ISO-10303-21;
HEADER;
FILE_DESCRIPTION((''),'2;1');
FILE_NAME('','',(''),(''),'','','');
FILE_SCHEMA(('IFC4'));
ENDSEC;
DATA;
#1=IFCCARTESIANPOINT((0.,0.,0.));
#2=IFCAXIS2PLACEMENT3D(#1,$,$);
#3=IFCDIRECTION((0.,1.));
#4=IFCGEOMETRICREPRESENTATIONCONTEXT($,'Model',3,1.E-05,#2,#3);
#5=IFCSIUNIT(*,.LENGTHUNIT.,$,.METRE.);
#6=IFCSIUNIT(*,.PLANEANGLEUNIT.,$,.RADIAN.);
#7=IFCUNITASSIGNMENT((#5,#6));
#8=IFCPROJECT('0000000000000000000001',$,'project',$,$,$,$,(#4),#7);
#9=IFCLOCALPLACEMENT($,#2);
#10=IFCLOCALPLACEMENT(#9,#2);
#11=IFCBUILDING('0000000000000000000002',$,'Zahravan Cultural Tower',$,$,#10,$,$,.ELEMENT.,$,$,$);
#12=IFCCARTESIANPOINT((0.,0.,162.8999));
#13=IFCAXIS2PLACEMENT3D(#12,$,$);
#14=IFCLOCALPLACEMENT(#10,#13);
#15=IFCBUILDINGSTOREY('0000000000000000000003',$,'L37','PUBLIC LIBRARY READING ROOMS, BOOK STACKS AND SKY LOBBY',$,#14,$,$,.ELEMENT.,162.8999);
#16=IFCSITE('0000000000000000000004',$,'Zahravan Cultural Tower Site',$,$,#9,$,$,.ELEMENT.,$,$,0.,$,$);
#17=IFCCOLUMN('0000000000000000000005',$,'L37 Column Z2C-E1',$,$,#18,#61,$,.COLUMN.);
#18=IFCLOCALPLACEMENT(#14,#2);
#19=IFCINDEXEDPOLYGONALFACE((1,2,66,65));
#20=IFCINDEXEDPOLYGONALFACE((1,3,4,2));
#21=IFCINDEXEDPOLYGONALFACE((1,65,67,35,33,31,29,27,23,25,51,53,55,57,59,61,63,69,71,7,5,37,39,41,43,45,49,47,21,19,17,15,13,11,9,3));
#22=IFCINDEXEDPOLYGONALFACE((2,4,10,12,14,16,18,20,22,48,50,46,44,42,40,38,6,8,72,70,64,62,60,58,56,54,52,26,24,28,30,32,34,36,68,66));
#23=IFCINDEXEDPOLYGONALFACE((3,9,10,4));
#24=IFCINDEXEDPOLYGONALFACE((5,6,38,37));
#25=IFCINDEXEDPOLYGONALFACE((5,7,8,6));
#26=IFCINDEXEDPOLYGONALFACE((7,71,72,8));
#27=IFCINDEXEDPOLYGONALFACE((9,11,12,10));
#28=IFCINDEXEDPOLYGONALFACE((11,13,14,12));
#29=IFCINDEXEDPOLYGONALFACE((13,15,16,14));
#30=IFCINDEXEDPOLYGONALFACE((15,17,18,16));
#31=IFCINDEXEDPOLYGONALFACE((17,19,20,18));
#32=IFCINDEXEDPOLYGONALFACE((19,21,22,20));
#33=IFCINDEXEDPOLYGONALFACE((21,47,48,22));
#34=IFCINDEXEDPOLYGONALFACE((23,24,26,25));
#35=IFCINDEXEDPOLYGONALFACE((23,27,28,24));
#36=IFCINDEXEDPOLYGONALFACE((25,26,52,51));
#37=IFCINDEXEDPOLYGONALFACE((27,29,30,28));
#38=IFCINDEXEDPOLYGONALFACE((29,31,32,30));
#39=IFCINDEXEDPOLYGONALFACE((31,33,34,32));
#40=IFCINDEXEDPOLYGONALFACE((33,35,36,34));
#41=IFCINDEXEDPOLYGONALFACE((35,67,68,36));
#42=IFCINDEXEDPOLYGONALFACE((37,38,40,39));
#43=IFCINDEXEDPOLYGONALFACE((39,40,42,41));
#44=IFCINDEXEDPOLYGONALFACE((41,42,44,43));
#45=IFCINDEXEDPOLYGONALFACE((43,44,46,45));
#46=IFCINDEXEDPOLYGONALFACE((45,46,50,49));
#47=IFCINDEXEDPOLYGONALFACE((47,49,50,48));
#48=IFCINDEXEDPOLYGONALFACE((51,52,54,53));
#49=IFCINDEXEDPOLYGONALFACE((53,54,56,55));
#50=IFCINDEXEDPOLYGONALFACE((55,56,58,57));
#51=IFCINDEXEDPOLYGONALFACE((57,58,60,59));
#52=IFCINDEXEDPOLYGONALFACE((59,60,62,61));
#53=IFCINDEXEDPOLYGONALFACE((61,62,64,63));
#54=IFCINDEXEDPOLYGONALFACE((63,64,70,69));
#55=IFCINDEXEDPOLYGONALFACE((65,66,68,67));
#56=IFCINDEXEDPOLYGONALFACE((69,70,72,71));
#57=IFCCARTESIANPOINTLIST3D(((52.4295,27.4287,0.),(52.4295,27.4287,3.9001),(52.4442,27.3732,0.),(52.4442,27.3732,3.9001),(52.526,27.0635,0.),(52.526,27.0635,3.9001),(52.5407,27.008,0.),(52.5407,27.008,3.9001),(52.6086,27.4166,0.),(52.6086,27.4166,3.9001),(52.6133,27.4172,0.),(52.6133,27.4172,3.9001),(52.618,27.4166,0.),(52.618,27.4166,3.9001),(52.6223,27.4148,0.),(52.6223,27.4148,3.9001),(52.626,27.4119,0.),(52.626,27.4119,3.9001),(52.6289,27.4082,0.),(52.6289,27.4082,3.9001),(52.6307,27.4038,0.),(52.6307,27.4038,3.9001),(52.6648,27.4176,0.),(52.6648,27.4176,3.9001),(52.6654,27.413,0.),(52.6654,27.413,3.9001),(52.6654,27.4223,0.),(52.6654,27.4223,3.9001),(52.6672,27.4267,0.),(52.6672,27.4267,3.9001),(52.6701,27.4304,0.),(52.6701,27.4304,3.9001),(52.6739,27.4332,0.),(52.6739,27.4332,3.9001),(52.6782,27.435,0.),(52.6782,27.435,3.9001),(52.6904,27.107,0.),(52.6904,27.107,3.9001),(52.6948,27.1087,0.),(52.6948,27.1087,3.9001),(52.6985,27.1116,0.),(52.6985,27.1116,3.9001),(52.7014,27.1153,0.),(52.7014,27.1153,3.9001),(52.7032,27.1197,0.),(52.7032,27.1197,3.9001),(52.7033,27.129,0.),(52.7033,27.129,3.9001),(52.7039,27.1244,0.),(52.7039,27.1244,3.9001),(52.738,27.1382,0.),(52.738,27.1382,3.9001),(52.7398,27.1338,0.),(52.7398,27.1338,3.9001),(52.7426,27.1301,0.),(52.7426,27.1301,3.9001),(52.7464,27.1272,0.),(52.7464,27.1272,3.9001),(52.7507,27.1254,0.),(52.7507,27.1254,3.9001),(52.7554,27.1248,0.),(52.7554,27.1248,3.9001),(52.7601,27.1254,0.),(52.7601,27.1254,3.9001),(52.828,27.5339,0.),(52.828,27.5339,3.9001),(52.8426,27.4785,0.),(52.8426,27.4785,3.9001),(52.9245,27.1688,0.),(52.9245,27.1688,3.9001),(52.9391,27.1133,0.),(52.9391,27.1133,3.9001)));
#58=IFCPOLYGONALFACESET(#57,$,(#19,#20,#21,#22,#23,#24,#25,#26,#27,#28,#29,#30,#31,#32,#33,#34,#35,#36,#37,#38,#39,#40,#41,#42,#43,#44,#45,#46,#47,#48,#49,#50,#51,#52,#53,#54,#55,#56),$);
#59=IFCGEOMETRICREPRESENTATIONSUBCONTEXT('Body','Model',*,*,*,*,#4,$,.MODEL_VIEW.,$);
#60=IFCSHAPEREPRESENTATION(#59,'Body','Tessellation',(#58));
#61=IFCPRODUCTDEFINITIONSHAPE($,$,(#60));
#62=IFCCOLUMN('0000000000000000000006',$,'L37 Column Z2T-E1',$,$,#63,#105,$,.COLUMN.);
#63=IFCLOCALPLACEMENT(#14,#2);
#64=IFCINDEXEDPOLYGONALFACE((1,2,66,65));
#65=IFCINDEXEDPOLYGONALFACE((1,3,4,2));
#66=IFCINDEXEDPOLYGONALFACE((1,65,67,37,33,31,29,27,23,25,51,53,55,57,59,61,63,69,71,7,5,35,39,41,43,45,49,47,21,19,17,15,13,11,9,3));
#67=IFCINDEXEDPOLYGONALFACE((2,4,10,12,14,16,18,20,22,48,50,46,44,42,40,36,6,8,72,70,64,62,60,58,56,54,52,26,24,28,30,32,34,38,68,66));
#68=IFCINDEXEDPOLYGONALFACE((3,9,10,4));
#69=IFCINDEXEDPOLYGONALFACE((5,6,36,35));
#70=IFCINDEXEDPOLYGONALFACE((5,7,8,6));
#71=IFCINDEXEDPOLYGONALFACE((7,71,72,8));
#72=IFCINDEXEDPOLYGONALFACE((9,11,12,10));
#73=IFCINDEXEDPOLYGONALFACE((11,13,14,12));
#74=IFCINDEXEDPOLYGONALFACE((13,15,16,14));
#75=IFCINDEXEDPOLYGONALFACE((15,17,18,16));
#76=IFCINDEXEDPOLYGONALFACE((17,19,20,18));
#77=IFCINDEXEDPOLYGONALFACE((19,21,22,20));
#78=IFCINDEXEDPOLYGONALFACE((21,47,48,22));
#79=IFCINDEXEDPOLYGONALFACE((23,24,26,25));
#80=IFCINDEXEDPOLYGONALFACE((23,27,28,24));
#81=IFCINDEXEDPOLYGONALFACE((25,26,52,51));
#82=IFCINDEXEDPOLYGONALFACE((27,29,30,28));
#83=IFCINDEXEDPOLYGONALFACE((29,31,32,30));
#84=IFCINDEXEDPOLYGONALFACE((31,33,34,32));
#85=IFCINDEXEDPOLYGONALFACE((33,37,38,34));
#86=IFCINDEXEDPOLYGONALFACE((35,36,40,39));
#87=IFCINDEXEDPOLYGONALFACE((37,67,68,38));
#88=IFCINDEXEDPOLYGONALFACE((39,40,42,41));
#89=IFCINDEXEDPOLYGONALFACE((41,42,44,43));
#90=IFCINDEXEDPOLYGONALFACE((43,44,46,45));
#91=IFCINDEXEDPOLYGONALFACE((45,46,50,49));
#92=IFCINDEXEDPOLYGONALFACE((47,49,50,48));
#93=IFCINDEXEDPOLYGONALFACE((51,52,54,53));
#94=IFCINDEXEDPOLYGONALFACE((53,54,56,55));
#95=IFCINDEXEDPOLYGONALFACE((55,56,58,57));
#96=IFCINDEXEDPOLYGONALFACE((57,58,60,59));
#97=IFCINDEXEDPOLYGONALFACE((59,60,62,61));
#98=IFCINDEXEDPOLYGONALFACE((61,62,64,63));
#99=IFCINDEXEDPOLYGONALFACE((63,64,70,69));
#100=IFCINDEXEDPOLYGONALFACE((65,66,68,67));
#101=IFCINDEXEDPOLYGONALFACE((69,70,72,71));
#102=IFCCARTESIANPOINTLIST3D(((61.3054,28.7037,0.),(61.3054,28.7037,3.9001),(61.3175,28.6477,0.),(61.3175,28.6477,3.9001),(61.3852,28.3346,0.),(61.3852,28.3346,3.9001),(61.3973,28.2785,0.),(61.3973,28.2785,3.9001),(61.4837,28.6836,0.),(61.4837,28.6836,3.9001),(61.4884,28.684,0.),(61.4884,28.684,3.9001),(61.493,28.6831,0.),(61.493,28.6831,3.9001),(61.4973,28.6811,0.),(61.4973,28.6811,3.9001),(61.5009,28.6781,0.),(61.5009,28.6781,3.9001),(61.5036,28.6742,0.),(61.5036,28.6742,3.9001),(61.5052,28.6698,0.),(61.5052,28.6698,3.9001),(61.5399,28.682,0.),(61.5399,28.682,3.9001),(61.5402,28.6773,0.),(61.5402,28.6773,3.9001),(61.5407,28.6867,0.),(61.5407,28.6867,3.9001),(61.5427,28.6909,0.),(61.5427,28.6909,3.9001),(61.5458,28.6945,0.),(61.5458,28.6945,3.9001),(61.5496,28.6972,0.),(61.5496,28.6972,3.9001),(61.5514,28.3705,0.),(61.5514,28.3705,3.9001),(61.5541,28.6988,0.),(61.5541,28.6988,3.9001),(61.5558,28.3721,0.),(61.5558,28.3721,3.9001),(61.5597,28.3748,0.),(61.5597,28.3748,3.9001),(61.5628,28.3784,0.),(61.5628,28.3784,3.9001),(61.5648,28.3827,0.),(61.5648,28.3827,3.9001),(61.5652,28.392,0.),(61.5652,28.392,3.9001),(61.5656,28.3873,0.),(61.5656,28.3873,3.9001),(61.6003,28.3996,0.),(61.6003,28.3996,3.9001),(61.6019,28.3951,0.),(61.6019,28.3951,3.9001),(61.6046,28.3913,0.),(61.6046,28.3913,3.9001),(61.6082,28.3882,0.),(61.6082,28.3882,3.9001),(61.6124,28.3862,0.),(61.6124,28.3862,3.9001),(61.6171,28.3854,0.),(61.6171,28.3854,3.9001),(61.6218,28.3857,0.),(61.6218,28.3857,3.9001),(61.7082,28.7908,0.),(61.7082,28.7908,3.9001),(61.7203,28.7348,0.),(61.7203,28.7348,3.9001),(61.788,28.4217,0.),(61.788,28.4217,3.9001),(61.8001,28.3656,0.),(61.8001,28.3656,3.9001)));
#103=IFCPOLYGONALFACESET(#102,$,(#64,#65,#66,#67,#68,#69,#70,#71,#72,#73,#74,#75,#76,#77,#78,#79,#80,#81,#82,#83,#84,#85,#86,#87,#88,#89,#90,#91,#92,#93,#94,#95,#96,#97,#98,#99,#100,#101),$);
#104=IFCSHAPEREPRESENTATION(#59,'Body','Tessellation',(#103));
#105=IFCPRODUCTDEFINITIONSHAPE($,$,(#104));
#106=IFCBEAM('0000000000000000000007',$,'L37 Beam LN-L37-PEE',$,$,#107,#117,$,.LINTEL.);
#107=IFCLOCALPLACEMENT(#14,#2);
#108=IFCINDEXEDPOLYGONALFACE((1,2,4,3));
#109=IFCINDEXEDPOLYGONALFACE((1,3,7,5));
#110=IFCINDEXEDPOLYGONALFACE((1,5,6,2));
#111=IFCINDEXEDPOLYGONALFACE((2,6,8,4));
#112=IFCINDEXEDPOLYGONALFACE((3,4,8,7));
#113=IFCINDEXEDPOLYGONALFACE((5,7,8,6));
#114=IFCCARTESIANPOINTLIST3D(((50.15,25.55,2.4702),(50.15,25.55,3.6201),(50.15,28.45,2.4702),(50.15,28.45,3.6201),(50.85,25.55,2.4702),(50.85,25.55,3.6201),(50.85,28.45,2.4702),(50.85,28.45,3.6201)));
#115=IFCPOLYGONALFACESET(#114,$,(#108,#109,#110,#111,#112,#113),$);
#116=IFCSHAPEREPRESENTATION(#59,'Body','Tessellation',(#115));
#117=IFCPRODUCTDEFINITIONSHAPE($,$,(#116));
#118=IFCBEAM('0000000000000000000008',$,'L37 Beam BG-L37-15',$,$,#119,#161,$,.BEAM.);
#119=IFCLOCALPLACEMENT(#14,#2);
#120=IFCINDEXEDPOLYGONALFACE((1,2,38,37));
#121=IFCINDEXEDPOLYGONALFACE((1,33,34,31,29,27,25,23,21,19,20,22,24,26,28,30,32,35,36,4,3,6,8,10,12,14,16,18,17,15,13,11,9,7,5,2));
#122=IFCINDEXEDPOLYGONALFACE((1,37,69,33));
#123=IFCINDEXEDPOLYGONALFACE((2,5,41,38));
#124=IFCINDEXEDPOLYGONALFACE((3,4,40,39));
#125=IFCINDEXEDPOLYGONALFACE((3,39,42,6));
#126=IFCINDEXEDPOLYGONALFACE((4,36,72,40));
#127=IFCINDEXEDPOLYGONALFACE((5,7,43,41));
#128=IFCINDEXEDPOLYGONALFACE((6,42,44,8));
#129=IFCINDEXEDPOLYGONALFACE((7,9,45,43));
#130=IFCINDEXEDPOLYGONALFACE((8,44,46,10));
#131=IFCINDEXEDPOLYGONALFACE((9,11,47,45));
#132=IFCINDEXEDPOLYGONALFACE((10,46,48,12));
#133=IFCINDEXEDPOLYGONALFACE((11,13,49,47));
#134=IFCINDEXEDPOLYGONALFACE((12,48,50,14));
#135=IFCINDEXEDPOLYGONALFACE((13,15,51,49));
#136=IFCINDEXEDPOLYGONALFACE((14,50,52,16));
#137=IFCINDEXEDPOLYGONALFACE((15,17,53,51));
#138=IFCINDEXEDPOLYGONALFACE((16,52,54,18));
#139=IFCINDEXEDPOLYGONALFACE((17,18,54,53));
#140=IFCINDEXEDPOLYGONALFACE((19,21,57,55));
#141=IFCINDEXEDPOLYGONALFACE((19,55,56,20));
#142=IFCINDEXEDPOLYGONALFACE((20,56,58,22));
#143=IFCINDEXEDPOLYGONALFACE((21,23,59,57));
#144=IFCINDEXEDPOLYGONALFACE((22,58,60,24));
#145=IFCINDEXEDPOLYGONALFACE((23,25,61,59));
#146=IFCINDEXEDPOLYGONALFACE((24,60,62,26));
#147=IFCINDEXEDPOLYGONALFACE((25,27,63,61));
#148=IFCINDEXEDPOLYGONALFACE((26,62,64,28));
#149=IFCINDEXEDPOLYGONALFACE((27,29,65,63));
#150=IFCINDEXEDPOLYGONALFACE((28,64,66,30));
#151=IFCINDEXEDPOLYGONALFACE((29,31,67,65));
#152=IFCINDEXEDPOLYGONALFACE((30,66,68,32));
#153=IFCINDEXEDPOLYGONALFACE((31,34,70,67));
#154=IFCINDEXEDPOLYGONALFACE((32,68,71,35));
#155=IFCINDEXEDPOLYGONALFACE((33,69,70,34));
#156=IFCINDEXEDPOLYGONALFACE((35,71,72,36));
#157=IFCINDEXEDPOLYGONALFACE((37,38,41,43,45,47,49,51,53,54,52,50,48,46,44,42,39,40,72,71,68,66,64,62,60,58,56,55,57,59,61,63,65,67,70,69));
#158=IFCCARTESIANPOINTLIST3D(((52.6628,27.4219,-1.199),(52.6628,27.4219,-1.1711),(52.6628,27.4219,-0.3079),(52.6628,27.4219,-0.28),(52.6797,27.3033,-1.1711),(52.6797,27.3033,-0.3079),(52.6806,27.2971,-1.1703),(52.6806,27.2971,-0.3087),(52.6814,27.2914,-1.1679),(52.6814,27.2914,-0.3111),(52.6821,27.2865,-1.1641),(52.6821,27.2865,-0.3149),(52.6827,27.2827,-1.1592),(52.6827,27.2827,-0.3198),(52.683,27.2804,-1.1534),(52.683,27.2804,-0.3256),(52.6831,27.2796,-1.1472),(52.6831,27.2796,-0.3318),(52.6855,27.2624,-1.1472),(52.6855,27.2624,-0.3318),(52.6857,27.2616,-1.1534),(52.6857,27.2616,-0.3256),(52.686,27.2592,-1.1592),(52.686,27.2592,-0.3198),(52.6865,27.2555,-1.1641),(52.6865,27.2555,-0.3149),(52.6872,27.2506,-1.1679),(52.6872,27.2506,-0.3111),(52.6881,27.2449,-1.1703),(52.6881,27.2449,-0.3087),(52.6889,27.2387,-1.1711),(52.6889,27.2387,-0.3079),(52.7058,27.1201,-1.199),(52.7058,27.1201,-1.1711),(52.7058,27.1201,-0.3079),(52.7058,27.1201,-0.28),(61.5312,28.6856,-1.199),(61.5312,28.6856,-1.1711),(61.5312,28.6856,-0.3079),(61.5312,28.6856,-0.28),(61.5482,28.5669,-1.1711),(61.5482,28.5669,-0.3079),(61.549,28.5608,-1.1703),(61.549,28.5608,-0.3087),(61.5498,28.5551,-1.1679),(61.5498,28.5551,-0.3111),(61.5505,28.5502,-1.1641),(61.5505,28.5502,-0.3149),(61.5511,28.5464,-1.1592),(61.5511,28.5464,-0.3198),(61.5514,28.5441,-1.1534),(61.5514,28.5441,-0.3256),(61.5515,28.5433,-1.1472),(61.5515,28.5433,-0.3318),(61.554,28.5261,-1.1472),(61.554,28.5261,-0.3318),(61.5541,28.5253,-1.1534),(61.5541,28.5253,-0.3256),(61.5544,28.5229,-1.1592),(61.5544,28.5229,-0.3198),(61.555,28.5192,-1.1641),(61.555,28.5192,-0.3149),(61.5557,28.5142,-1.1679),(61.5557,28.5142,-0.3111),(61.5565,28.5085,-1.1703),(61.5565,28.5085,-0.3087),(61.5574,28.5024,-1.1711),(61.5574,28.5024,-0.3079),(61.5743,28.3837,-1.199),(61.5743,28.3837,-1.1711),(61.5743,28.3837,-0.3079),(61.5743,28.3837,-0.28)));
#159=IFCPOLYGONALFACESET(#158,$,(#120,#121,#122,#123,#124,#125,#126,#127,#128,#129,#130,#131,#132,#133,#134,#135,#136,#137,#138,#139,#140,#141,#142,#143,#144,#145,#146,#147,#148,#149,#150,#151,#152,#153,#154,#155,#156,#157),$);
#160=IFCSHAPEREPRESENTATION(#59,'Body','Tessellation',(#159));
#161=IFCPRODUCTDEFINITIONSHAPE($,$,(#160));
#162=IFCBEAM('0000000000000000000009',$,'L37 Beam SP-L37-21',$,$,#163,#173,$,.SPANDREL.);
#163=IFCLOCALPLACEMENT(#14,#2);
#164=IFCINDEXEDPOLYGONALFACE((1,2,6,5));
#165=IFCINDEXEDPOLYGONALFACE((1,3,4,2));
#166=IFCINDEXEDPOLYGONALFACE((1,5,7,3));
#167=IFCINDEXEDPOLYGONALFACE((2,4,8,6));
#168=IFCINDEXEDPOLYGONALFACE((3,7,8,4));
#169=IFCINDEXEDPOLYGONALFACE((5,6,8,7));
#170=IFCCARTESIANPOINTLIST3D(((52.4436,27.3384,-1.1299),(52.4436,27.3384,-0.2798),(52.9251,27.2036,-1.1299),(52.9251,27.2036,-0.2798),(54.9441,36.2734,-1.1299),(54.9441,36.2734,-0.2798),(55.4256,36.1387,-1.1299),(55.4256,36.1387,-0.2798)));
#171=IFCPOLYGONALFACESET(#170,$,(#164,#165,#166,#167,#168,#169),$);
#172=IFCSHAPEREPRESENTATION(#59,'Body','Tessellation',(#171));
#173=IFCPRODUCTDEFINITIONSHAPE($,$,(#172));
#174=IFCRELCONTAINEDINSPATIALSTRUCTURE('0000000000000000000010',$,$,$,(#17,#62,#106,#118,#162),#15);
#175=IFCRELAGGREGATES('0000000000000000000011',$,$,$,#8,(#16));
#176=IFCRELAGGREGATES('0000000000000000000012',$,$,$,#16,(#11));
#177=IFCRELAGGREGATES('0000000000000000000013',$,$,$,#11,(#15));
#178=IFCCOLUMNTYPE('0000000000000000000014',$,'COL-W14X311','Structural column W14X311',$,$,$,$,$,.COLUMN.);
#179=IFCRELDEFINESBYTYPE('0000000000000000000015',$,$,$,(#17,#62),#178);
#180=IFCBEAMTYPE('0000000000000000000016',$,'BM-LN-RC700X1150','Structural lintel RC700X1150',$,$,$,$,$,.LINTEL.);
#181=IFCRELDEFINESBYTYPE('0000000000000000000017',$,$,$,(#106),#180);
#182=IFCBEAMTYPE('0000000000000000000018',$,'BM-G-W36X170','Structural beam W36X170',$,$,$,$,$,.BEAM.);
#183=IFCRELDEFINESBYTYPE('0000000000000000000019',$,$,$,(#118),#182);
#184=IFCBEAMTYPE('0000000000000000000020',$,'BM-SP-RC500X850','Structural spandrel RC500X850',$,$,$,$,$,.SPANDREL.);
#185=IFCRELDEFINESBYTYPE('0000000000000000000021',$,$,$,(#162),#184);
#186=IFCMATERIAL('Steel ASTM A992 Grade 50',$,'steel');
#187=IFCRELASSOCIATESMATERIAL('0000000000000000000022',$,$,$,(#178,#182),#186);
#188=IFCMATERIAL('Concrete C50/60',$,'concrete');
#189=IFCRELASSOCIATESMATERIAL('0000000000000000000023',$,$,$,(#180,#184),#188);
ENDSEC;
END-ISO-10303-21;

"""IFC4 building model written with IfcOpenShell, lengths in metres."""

from ifc_helpers import new_model, si_unit, direction, frame, origin, origin_2d, place, context, subcontext, project, spatial, rectangle, i_section, extrude, source, transform, mapped, material, material_profile, profile_set, type_object, element, save


model = new_model("IFC4")

# Units and contexts
model_context = context("Model", 3, precision=1e-05, world=origin(), true_north=direction((0.0, 1.0)))
body_context = subcontext(model_context, "Body", "Model", "MODEL_VIEW")
ifc_project = project(units=[si_unit("LENGTHUNIT", "METRE"), si_unit("PLANEANGLEUNIT", "RADIAN")], contexts=[model_context])

# Site, building, storey
site_placement = place(None, origin())
site = spatial("IfcSite", under=ifc_project, at=site_placement, Name="Zahravan Cultural Tower Site", CompositionType="ELEMENT", RefElevation=0.0)
building_placement = place(site_placement, origin())
building = spatial("IfcBuilding", under=site, at=building_placement, Name="Zahravan Cultural Tower", CompositionType="ELEMENT")
storey_placement = place(building_placement, frame((0.0, 0.0, 162.8999)))
storey = spatial("IfcBuildingStorey", under=building, at=storey_placement, Name="L37", Description="PUBLIC LIBRARY READING ROOMS, BOOK STACKS AND SKY LOBBY", CompositionType="ELEMENT", Elevation=162.8999)

# Columns
ifc_material_1 = material(Name="Steel ASTM A992 Grade 50", Category="steel")
ifc_material_profile_1 = material_profile(ifc_material_1, i_section(OverallWidth=0.4121, OverallDepth=0.4351, WebThickness=0.0359, FlangeThickness=0.0574, FilletRadius=0.0181, at=origin_2d()), Name="W14X311")
ifc_profile_set_1 = profile_set([ifc_material_profile_1], Name="Steel ASTM A992 Grade 50")
column_type = type_object("IfcColumnType", Name="COL-W14X311", Description="Structural column W14X311", PredefinedType="COLUMN", material=ifc_profile_set_1)
shared_shape_1 = source(origin(), body_context, "Body", "SweptSolid", [
    extrude(i_section(OverallWidth=0.4121, OverallDepth=0.4351, WebThickness=0.0359, FlangeThickness=0.0574, FilletRadius=0.0181, at=origin_2d()), origin(), (0.0, 0.0, 1.0), 3.9001),
])
for number, where, z_axis, x_axis, name in (
    (1, (52.6843, 27.271, 0.0), (0.0, 0.0, 1.0), (0.966823, 0.255446, 0.0), "L37 Column Z2C-E1"),
    (2, (61.5527, 28.5347, 0.0), (0.0, 0.0, 1.0), (0.977416, 0.211325, 0.0), "L37 Column Z2T-E1"),
):
    element("IfcColumn", number, at=place(storey_placement, frame(where, z_axis=z_axis, x_axis=x_axis)), inside=storey, type_object=column_type, Name=name, PredefinedType="COLUMN", context=body_context, shape_type="MappedRepresentation", body=[
        mapped(shared_shape_1, transform((0.0, 0.0, 0.0), x_axis=(1.0, 0.0, 0.0), y_axis=(0.0, 1.0, 0.0), z_axis=(0.0, 0.0, 1.0), scale=1.0)),
    ])

# Beams
ifc_material_2 = material(Name="Concrete C50/60", Category="concrete")
ifc_material_profile_2 = material_profile(ifc_material_2, rectangle(XDim=0.7, YDim=1.1499, at=origin_2d()), Name="RC700X1150")
ifc_profile_set_2 = profile_set([ifc_material_profile_2], Name="Concrete C50/60")
beam_type_1 = type_object("IfcBeamType", Name="BM-LN-RC700X1150", Description="Structural lintel RC700X1150", PredefinedType="LINTEL", material=ifc_profile_set_2)
shared_shape_2 = source(origin(), body_context, "Body", "SweptSolid", [
    extrude(rectangle(XDim=0.7, YDim=1.1499, at=origin_2d()), origin(), (0.0, 0.0, 1.0), 2.8999),
])
beam_1_placement = place(storey_placement, frame((50.5, 25.55, 3.0452), z_axis=(0.0, 1.0, 0.0), x_axis=(-1.0, 0.0, 0.0)))
element("IfcBeam", 3, at=beam_1_placement, inside=storey, type_object=beam_type_1, Name="L37 Beam LN-L37-PEE", PredefinedType="LINTEL", context=body_context, shape_type="MappedRepresentation", body=[
    mapped(shared_shape_2, transform((0.0, 0.0, 0.0), x_axis=(1.0, 0.0, 0.0), y_axis=(0.0, 1.0, 0.0), z_axis=(0.0, 0.0, 1.0), scale=1.0)),
])
ifc_material_profile_3 = material_profile(ifc_material_1, i_section(OverallWidth=0.3049, OverallDepth=0.9189, WebThickness=0.0173, FlangeThickness=0.0278, FilletRadius=0.0239, at=origin_2d()), Name="W36X170")
ifc_profile_set_3 = profile_set([ifc_material_profile_3], Name="Steel ASTM A992 Grade 50")
beam_type_2 = type_object("IfcBeamType", Name="BM-G-W36X170", Description="Structural beam W36X170", PredefinedType="BEAM", material=ifc_profile_set_3)
shared_shape_3 = source(origin(), body_context, "Body", "SweptSolid", [
    extrude(i_section(OverallWidth=0.3049, OverallDepth=0.9189, WebThickness=0.0173, FlangeThickness=0.0278, FilletRadius=0.0239, at=origin_2d()), origin(), (0.0, 0.0, 1.0), 8.958),
])
beam_2_placement = place(storey_placement, frame((52.6843, 27.271, -0.7395), z_axis=(0.99, 0.141067, 0.0), x_axis=(-0.141067, 0.99, 0.0)))
element("IfcBeam", 4, at=beam_2_placement, inside=storey, type_object=beam_type_2, Name="L37 Beam BG-L37-15", PredefinedType="BEAM", context=body_context, shape_type="MappedRepresentation", body=[
    mapped(shared_shape_3, transform((0.0, 0.0, 0.0), x_axis=(1.0, 0.0, 0.0), y_axis=(0.0, 1.0, 0.0), z_axis=(0.0, 0.0, 1.0), scale=1.0)),
])
ifc_material_profile_4 = material_profile(ifc_material_2, rectangle(XDim=0.5, YDim=0.8501, at=origin_2d()), Name="RC500X850")
ifc_profile_set_4 = profile_set([ifc_material_profile_4], Name="Concrete C50/60")
beam_type_3 = type_object("IfcBeamType", Name="BM-SP-RC500X850", Description="Structural spandrel RC500X850", PredefinedType="SPANDREL", material=ifc_profile_set_4)
shared_shape_4 = source(origin(), body_context, "Body", "SweptSolid", [
    extrude(rectangle(XDim=0.5, YDim=0.8501, at=origin_2d()), origin(), (0.0, 0.0, 1.0), 9.2783),
])
beam_3_placement = place(storey_placement, frame((52.6843, 27.271, -0.7048), z_axis=(0.269497, 0.963001, 0.0), x_axis=(-0.963001, 0.269497, 0.0)))
element("IfcBeam", 5, at=beam_3_placement, inside=storey, type_object=beam_type_3, Name="L37 Beam SP-L37-21", PredefinedType="SPANDREL", context=body_context, shape_type="MappedRepresentation", body=[
    mapped(shared_shape_4, transform((0.0, 0.0, 0.0), x_axis=(1.0, 0.0, 0.0), y_axis=(0.0, 1.0, 0.0), z_axis=(0.0, 0.0, 1.0), scale=1.0)),
])

save(model, "model.ifc")
